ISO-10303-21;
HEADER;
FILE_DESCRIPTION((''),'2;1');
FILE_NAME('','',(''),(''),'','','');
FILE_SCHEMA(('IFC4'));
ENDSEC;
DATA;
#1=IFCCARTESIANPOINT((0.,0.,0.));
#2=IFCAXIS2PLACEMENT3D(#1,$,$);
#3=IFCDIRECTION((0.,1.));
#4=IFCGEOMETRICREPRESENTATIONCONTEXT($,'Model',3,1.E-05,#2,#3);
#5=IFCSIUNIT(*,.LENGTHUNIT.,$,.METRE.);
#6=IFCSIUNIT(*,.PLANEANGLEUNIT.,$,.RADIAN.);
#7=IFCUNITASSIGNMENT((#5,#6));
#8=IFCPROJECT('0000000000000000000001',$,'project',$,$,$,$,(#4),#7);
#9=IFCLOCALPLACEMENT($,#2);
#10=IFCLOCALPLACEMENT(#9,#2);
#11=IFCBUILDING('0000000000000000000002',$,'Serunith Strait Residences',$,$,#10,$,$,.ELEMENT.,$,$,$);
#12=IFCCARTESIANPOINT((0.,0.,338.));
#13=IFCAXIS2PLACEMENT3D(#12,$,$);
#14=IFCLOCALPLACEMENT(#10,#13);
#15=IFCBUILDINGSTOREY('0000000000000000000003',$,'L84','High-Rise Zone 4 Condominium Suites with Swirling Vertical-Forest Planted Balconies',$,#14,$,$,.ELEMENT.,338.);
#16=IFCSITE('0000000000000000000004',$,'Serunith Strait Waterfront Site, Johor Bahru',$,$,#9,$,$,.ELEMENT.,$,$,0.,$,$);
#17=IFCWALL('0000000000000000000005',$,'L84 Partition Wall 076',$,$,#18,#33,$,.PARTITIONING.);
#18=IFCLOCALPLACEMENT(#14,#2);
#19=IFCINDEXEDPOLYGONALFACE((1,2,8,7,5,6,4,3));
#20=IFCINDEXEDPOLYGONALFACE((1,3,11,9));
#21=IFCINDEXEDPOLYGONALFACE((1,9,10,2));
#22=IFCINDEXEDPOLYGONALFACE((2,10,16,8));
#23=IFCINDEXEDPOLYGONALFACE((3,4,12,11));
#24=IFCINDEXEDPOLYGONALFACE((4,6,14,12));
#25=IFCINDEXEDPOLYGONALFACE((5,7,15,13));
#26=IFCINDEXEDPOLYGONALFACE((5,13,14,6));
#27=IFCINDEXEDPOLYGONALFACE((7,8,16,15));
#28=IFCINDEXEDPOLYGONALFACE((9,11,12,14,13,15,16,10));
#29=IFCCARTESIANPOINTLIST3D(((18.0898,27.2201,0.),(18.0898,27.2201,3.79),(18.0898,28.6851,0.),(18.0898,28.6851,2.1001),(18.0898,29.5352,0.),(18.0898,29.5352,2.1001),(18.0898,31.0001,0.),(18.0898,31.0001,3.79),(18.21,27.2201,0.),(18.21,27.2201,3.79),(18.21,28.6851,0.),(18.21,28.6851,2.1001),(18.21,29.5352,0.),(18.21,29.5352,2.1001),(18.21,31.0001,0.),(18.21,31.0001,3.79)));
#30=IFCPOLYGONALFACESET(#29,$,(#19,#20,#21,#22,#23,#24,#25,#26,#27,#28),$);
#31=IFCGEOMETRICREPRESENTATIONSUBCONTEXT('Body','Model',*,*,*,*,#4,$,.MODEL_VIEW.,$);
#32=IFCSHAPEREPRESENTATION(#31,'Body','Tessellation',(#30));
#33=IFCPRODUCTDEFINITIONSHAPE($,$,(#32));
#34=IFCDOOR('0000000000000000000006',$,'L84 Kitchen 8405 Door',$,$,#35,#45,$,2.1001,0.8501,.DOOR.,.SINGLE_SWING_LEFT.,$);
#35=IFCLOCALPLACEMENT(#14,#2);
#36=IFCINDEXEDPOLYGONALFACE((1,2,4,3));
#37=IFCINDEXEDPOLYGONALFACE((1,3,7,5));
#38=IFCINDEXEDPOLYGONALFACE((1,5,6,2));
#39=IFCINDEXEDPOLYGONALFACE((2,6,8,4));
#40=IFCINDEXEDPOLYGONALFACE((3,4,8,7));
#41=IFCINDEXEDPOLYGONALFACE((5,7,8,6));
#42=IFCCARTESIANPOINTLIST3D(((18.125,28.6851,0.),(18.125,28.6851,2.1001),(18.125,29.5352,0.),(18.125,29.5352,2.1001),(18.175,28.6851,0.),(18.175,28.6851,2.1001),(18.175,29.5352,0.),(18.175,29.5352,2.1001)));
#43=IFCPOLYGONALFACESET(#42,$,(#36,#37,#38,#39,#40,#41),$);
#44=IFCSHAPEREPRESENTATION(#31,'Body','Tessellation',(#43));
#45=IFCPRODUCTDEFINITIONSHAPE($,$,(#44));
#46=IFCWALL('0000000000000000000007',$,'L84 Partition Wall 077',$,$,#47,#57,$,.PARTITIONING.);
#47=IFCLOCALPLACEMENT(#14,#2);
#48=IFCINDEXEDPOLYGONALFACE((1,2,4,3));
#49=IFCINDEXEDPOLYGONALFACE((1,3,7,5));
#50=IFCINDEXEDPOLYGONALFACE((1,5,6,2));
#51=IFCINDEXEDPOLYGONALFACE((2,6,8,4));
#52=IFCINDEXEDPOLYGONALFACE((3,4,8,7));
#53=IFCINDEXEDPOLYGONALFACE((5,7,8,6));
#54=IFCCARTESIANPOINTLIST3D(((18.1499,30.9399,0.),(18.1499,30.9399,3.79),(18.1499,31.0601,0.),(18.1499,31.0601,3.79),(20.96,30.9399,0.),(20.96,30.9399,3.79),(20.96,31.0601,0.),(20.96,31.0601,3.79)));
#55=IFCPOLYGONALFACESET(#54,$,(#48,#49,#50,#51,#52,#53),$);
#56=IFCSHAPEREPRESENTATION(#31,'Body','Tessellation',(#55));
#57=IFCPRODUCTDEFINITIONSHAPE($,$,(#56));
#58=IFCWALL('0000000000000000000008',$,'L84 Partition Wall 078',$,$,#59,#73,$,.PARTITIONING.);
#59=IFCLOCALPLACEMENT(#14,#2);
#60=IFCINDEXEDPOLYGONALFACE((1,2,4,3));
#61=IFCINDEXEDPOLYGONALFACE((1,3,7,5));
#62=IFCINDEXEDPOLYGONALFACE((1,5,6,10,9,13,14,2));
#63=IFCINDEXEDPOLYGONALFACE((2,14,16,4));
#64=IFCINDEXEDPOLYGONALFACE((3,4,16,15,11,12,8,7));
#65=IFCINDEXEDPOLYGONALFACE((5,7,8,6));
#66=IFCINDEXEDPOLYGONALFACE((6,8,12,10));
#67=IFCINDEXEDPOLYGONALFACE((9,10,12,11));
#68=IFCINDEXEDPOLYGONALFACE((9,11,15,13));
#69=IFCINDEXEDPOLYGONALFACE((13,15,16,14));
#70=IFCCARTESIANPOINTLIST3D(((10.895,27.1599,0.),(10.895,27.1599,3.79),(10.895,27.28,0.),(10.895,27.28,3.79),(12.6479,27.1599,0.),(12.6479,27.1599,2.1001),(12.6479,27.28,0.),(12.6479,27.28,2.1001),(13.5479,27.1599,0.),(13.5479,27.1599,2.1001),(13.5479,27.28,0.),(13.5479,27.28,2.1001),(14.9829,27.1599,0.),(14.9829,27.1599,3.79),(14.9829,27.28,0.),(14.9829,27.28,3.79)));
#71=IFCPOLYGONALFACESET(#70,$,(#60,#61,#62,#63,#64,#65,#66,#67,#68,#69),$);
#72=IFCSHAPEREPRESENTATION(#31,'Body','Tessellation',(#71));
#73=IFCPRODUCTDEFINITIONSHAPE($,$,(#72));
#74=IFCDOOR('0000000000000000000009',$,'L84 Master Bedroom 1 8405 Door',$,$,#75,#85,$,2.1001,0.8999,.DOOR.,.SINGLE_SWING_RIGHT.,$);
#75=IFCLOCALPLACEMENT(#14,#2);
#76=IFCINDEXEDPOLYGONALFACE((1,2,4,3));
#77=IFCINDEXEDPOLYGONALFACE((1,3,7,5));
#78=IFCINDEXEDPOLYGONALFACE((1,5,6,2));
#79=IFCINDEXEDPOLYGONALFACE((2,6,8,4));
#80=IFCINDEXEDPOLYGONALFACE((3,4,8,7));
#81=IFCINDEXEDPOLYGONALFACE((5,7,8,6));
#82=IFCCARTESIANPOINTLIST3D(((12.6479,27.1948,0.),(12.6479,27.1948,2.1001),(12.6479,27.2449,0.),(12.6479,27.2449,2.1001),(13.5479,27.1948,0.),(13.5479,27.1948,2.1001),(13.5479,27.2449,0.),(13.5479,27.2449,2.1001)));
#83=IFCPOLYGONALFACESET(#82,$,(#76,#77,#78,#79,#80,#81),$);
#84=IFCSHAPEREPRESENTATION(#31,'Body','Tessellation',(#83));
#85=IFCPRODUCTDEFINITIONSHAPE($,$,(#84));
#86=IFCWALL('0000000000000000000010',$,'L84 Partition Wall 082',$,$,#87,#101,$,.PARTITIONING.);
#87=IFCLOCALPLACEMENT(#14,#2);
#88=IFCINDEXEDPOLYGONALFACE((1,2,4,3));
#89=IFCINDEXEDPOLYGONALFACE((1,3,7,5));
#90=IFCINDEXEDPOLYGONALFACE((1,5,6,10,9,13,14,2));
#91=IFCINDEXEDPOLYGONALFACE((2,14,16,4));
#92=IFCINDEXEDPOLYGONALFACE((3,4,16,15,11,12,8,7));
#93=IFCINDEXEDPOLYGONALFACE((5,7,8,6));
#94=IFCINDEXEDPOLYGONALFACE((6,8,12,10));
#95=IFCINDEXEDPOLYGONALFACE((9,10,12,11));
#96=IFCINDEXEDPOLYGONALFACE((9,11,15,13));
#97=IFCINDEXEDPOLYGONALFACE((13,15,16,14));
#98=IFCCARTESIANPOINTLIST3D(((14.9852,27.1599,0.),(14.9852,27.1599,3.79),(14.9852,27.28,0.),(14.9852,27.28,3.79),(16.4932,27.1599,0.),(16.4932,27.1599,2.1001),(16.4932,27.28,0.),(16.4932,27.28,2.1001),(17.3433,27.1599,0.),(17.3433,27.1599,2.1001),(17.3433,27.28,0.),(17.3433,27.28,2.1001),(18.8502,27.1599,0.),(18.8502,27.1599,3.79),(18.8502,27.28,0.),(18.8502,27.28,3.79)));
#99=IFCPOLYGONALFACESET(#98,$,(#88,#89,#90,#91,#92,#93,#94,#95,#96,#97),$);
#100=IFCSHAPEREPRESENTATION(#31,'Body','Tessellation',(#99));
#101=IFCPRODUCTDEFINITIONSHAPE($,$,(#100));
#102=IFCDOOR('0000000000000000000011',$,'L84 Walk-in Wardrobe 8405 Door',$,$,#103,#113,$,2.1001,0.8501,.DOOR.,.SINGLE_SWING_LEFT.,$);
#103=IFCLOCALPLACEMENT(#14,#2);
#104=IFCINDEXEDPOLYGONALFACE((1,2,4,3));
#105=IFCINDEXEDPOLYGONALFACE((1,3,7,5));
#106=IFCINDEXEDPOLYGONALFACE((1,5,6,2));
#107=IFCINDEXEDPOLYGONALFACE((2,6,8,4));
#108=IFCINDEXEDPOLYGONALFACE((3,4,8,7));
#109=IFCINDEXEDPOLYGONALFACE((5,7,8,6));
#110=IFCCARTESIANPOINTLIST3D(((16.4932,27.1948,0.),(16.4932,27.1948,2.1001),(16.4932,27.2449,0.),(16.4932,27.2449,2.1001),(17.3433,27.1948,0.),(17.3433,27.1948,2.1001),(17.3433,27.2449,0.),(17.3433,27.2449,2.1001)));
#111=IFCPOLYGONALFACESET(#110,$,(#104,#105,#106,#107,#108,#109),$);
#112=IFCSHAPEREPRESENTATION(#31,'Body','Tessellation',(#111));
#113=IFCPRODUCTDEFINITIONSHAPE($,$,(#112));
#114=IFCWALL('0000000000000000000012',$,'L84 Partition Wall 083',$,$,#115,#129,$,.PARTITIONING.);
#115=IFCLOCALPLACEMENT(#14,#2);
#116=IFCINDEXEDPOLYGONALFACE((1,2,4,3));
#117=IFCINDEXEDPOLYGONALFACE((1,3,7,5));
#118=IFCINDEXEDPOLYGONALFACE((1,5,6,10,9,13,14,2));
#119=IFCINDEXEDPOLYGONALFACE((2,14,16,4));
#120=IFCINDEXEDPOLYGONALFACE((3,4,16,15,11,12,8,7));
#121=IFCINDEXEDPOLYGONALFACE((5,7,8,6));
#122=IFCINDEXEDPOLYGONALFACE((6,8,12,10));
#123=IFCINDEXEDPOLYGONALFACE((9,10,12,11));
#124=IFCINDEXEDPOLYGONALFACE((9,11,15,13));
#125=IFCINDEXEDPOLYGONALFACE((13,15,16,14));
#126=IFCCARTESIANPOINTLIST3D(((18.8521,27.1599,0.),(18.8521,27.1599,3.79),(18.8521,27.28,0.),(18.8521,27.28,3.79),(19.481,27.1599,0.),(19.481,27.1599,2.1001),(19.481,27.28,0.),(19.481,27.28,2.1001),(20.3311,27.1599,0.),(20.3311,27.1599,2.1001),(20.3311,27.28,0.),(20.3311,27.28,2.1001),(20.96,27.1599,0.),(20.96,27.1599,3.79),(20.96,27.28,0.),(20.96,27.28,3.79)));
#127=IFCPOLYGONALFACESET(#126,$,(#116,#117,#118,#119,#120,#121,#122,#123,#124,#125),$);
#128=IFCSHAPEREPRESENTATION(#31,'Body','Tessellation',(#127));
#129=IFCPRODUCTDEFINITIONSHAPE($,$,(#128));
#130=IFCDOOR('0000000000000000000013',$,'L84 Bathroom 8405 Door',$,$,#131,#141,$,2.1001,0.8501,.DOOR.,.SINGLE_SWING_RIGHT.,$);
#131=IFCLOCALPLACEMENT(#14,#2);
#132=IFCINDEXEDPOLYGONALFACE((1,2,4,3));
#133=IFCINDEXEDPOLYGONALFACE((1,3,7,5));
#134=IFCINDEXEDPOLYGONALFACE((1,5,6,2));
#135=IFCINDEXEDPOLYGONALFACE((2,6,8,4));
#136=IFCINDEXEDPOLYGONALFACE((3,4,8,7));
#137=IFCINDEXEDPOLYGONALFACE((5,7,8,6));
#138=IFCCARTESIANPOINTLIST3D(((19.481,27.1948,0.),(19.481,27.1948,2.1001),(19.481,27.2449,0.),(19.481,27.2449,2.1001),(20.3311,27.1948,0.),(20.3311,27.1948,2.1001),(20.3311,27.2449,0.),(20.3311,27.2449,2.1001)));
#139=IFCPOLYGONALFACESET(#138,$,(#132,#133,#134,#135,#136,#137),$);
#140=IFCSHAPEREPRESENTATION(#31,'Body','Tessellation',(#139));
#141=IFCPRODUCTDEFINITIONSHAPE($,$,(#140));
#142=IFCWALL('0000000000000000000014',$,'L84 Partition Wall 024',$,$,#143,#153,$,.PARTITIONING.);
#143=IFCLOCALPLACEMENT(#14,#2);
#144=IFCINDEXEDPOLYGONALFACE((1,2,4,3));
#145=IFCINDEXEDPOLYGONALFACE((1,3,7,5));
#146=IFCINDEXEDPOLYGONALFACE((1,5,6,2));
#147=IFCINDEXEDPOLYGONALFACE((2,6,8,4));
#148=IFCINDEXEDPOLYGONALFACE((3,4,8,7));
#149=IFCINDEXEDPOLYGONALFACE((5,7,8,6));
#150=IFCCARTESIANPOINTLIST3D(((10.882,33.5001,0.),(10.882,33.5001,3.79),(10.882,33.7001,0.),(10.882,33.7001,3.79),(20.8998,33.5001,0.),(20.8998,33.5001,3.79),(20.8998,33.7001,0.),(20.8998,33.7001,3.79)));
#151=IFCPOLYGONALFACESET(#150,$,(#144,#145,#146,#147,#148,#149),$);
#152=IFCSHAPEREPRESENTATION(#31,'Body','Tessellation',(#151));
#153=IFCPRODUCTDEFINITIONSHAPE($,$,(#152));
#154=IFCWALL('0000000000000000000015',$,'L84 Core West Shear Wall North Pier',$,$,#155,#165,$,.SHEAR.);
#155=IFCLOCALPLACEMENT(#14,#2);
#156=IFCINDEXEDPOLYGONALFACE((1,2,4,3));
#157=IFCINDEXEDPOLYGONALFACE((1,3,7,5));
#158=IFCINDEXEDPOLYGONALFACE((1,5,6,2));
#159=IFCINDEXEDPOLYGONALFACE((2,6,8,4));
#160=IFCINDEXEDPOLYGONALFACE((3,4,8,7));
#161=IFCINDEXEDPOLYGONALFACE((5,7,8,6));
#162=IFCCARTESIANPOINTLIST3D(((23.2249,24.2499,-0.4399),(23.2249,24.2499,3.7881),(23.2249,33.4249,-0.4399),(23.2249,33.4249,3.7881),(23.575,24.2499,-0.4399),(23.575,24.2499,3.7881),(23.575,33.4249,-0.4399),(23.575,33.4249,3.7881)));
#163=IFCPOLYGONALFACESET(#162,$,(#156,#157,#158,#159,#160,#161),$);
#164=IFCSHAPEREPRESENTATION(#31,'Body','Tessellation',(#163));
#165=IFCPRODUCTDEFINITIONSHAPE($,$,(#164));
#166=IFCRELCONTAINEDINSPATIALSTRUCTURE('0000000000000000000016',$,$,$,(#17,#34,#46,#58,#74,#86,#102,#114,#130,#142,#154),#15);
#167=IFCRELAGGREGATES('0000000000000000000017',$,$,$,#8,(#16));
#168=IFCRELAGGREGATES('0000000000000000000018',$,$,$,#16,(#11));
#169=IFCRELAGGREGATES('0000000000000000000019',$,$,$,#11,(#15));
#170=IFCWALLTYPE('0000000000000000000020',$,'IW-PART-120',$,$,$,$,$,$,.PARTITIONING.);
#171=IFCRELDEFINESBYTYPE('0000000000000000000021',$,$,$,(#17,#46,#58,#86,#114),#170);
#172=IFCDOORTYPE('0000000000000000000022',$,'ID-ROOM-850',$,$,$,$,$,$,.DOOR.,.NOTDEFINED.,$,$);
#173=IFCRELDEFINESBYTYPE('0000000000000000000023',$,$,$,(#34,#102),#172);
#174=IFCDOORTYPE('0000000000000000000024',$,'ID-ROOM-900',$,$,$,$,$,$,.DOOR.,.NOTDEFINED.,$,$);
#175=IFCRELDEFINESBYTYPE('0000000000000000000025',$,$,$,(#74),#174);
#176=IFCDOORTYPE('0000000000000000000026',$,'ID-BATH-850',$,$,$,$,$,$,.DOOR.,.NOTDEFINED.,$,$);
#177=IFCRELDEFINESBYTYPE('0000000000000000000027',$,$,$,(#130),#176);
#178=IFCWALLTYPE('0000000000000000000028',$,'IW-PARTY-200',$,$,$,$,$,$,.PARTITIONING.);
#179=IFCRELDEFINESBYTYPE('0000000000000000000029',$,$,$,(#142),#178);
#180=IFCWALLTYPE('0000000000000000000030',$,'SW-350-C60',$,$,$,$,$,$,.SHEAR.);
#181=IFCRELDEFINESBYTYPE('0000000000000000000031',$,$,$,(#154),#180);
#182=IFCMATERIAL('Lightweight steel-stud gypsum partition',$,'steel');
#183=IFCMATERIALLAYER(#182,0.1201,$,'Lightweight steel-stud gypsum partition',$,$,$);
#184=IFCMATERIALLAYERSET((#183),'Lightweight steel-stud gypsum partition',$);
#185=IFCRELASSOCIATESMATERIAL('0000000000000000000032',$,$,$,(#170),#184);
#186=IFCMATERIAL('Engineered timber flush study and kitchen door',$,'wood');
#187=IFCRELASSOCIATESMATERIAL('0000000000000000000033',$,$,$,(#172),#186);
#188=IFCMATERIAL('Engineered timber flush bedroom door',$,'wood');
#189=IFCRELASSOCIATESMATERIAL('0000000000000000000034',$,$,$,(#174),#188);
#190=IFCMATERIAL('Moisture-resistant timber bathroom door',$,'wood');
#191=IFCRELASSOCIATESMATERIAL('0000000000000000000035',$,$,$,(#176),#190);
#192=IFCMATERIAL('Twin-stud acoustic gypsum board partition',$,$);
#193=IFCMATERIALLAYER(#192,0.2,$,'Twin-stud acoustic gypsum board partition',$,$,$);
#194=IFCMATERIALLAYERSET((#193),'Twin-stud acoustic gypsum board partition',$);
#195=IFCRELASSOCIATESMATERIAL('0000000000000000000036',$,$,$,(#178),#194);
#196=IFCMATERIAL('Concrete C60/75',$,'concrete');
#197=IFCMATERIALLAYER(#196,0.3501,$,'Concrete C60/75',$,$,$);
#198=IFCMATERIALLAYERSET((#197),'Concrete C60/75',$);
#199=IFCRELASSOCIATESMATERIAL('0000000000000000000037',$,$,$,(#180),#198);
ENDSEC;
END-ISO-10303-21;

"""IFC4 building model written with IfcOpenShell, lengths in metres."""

from ifc_helpers import new_model, si_unit, direction, frame, frame_2d, origin, place, context, subcontext, project, spatial, rectangle, extrude, source, transform, mapped, material, layer, layer_set, type_object, element, fill, save


model = new_model("IFC4")

# Units and contexts
model_context = context("Model", 3, precision=1e-05, world=origin(), true_north=direction((0.0, 1.0)))
body_context = subcontext(model_context, "Body", "Model", "MODEL_VIEW")
ifc_project = project(units=[si_unit("LENGTHUNIT", "METRE"), si_unit("PLANEANGLEUNIT", "RADIAN")], contexts=[model_context])

# Site, building, storey
site_placement = place(None, origin())
site = spatial("IfcSite", under=ifc_project, at=site_placement, Name="Serunith Strait Waterfront Site, Johor Bahru", CompositionType="ELEMENT", RefElevation=0.0)
building_placement = place(site_placement, origin())
building = spatial("IfcBuilding", under=site, at=building_placement, Name="Serunith Strait Residences", CompositionType="ELEMENT")
storey_placement = place(building_placement, frame((0.0, 0.0, 338.0)))
storey = spatial("IfcBuildingStorey", under=building, at=storey_placement, Name="L84", Description="High-Rise Zone 4 Condominium Suites with Swirling Vertical-Forest Planted Balconies", CompositionType="ELEMENT", Elevation=338.0)

# Shared definitions
ifc_material_1 = material(Name="Concrete C60/75", Category="concrete")

# Wall, opening, door
ifc_material_2 = material(Name="Lightweight steel-stud gypsum partition", Category="steel")
ifc_layer_1 = layer(ifc_material_2, 0.1201, Name="Lightweight steel-stud gypsum partition")
ifc_layer_set_1 = layer_set([ifc_layer_1], Name="Lightweight steel-stud gypsum partition")
wall_type_1 = type_object("IfcWallType", Name="IW-PART-120", PredefinedType="PARTITIONING", material=ifc_layer_set_1)
wall_1_placement = place(storey_placement, frame((18.1499, 27.22, 0.0), z_axis=(0.0, 0.0, 1.0), x_axis=(0.0, 1.0, 0.0)))
wall_1 = element("IfcWall", 1, at=wall_1_placement, inside=storey, type_object=wall_type_1, Name="L84 Partition Wall 076", PredefinedType="PARTITIONING", context=body_context, shape_type="SweptSolid", body=[
    extrude(rectangle(XDim=3.78, YDim=0.1201, at=frame_2d((1.8901, 0.0))), origin(), (0.0, 0.0, 1.0), 3.79),
])
opening_1_placement = place(wall_1_placement, frame((1.4651, 0.0, 0.0)))
opening_1 = element("IfcOpeningElement", 2, at=opening_1_placement, cuts=wall_1, PredefinedType="OPENING", context=body_context, shape_type="SweptSolid", body=[
    extrude(rectangle(XDim=0.8501, YDim=2.1001, at=frame_2d((0.425, 1.05))), frame((0.0, 0.0701, 0.0), z_axis=(0.0, -1.0, 0.0), x_axis=(1.0, 0.0, 0.0)), (0.0, 0.0, 1.0), 0.1401),
])
ifc_material_3 = material(Name="Engineered timber flush study and kitchen door", Category="wood")
door_type_1 = type_object("IfcDoorType", Name="ID-ROOM-850", OperationType="NOTDEFINED", PredefinedType="DOOR", material=ifc_material_3)
shared_shape_1 = source(origin(), body_context, "Body", "SweptSolid", [
    extrude(rectangle(XDim=0.8501, YDim=2.1001, at=frame_2d((0.425, 1.05))), frame((0.0, 0.0249, 0.0), z_axis=(0.0, -1.0, 0.0), x_axis=(1.0, 0.0, 0.0)), (0.0, 0.0, 1.0), 0.05),
])
door_1_placement = place(opening_1_placement, origin())
door_1 = element("IfcDoor", 3, at=door_1_placement, inside=storey, type_object=door_type_1, Name="L84 Kitchen 8405 Door", OperationType="SINGLE_SWING_LEFT", OverallHeight=2.1001, OverallWidth=0.8501, PredefinedType="DOOR", context=body_context, shape_type="MappedRepresentation", body=[
    mapped(shared_shape_1, transform((0.0, 0.0, 0.0), scale=1.0)),
])
fill(opening_1, door_1)

# Wall
wall_2_placement = place(storey_placement, frame((18.1499, 31.0, 0.0), z_axis=(0.0, 0.0, 1.0), x_axis=(1.0, 0.0, 0.0)))
element("IfcWall", 4, at=wall_2_placement, inside=storey, type_object=wall_type_1, Name="L84 Partition Wall 077", PredefinedType="PARTITIONING", context=body_context, shape_type="SweptSolid", body=[
    extrude(rectangle(XDim=2.8101, YDim=0.1201, at=frame_2d((1.405, 0.0))), origin(), (0.0, 0.0, 1.0), 3.79),
])

# Walls, openings, doors
wall_3_placement = place(storey_placement, frame((10.895, 27.22, 0.0), z_axis=(0.0, 0.0, 1.0), x_axis=(1.0, 0.0, 0.0)))
wall_3 = element("IfcWall", 5, at=wall_3_placement, inside=storey, type_object=wall_type_1, Name="L84 Partition Wall 078", PredefinedType="PARTITIONING", context=body_context, shape_type="SweptSolid", body=[
    extrude(rectangle(XDim=4.0879, YDim=0.1201, at=frame_2d((2.0439, 0.0))), origin(), (0.0, 0.0, 1.0), 3.79),
])
opening_2_placement = place(wall_3_placement, frame((1.7529, 0.0, 0.0)))
opening_2 = element("IfcOpeningElement", 6, at=opening_2_placement, cuts=wall_3, PredefinedType="OPENING", context=body_context, shape_type="SweptSolid", body=[
    extrude(rectangle(XDim=0.8999, YDim=2.1001, at=frame_2d((0.45, 1.05))), frame((0.0, 0.0701, 0.0), z_axis=(0.0, -1.0, 0.0), x_axis=(1.0, 0.0, 0.0)), (0.0, 0.0, 1.0), 0.1401),
])
ifc_material_4 = material(Name="Engineered timber flush bedroom door", Category="wood")
door_type_2 = type_object("IfcDoorType", Name="ID-ROOM-900", OperationType="NOTDEFINED", PredefinedType="DOOR", material=ifc_material_4)
shared_shape_2 = source(origin(), body_context, "Body", "SweptSolid", [
    extrude(rectangle(XDim=0.8999, YDim=2.1001, at=frame_2d((0.45, 1.05))), frame((0.0, 0.0249, 0.0), z_axis=(0.0, -1.0, 0.0), x_axis=(1.0, 0.0, 0.0)), (0.0, 0.0, 1.0), 0.05),
])
door_2_placement = place(opening_2_placement, origin())
door_2 = element("IfcDoor", 7, at=door_2_placement, inside=storey, type_object=door_type_2, Name="L84 Master Bedroom 1 8405 Door", OperationType="SINGLE_SWING_RIGHT", OverallHeight=2.1001, OverallWidth=0.8999, PredefinedType="DOOR", context=body_context, shape_type="MappedRepresentation", body=[
    mapped(shared_shape_2, transform((0.0, 0.0, 0.0), scale=1.0)),
])
fill(opening_2, door_2)
wall_4_placement = place(storey_placement, frame((14.9851, 27.22, 0.0), z_axis=(0.0, 0.0, 1.0), x_axis=(1.0, 0.0, 0.0)))
wall_4 = element("IfcWall", 8, at=wall_4_placement, inside=storey, type_object=wall_type_1, Name="L84 Partition Wall 082", PredefinedType="PARTITIONING", context=body_context, shape_type="SweptSolid", body=[
    extrude(rectangle(XDim=3.865, YDim=0.1201, at=frame_2d((1.9326, 0.0))), origin(), (0.0, 0.0, 1.0), 3.79),
])
opening_3_placement = place(wall_4_placement, frame((1.5081, 0.0, 0.0)))
opening_3 = element("IfcOpeningElement", 9, at=opening_3_placement, cuts=wall_4, PredefinedType="OPENING", context=body_context, shape_type="SweptSolid", body=[
    extrude(rectangle(XDim=0.8501, YDim=2.1001, at=frame_2d((0.425, 1.05))), frame((0.0, 0.0701, 0.0), z_axis=(0.0, -1.0, 0.0), x_axis=(1.0, 0.0, 0.0)), (0.0, 0.0, 1.0), 0.1401),
])
door_3_placement = place(opening_3_placement, origin())
door_3 = element("IfcDoor", 10, at=door_3_placement, inside=storey, type_object=door_type_1, Name="L84 Walk-in Wardrobe 8405 Door", OperationType="SINGLE_SWING_LEFT", OverallHeight=2.1001, OverallWidth=0.8501, PredefinedType="DOOR", context=body_context, shape_type="MappedRepresentation", body=[
    mapped(shared_shape_1, transform((0.0, 0.0, 0.0), scale=1.0)),
])
fill(opening_3, door_3)
wall_5_placement = place(storey_placement, frame((18.8521, 27.22, 0.0), z_axis=(0.0, 0.0, 1.0), x_axis=(1.0, 0.0, 0.0)))
wall_5 = element("IfcWall", 11, at=wall_5_placement, inside=storey, type_object=wall_type_1, Name="L84 Partition Wall 083", PredefinedType="PARTITIONING", context=body_context, shape_type="SweptSolid", body=[
    extrude(rectangle(XDim=2.1079, YDim=0.1201, at=frame_2d((1.054, 0.0))), origin(), (0.0, 0.0, 1.0), 3.79),
])
opening_4_placement = place(wall_5_placement, frame((0.6289, 0.0, 0.0)))
opening_4 = element("IfcOpeningElement", 12, at=opening_4_placement, cuts=wall_5, PredefinedType="OPENING", context=body_context, shape_type="SweptSolid", body=[
    extrude(rectangle(XDim=0.8501, YDim=2.1001, at=frame_2d((0.425, 1.05))), frame((0.0, 0.0701, 0.0), z_axis=(0.0, -1.0, 0.0), x_axis=(1.0, 0.0, 0.0)), (0.0, 0.0, 1.0), 0.1401),
])
ifc_material_5 = material(Name="Moisture-resistant timber bathroom door", Category="wood")
door_type_3 = type_object("IfcDoorType", Name="ID-BATH-850", OperationType="NOTDEFINED", PredefinedType="DOOR", material=ifc_material_5)
door_4_placement = place(opening_4_placement, origin())
door_4 = element("IfcDoor", 13, at=door_4_placement, inside=storey, type_object=door_type_3, Name="L84 Bathroom 8405 Door", OperationType="SINGLE_SWING_RIGHT", OverallHeight=2.1001, OverallWidth=0.8501, PredefinedType="DOOR", context=body_context, shape_type="MappedRepresentation", body=[
    mapped(shared_shape_1, transform((0.0, 0.0, 0.0), scale=1.0)),
])
fill(opening_4, door_4)

# Wall
ifc_material_6 = material(Name="Twin-stud acoustic gypsum board partition")
ifc_layer_2 = layer(ifc_material_6, 0.2, Name="Twin-stud acoustic gypsum board partition")
ifc_layer_set_2 = layer_set([ifc_layer_2], Name="Twin-stud acoustic gypsum board partition")
wall_type_2 = type_object("IfcWallType", Name="IW-PARTY-200", PredefinedType="PARTITIONING", material=ifc_layer_set_2)
wall_6_placement = place(storey_placement, frame((10.8821, 33.6001, 0.0), z_axis=(0.0, 0.0, 1.0), x_axis=(1.0, 0.0, 0.0)))
element("IfcWall", 14, at=wall_6_placement, inside=storey, type_object=wall_type_2, Name="L84 Partition Wall 024", PredefinedType="PARTITIONING", context=body_context, shape_type="SweptSolid", body=[
    extrude(rectangle(XDim=10.0178, YDim=0.2, at=frame_2d((5.0088, 0.0))), origin(), (0.0, 0.0, 1.0), 3.79),
])

# Wall
ifc_layer_3 = layer(ifc_material_1, 0.3501, Name="Concrete C60/75")
ifc_layer_set_3 = layer_set([ifc_layer_3], Name="Concrete C60/75")
wall_type_3 = type_object("IfcWallType", Name="SW-350-C60", PredefinedType="SHEAR", material=ifc_layer_set_3)
wall_7_placement = place(storey_placement, frame((23.3999, 24.25, -0.4399), z_axis=(0.0, 0.0, 1.0), x_axis=(0.0, 1.0, 0.0)))
element("IfcWall", 15, at=wall_7_placement, inside=storey, type_object=wall_type_3, Name="L84 Core West Shear Wall North Pier", PredefinedType="SHEAR", context=body_context, shape_type="SweptSolid", body=[
    extrude(rectangle(XDim=9.175, YDim=0.3501, at=frame_2d((4.5874, 0.0))), origin(), (0.0, 0.0, 1.0), 4.228),
])

save(model, "model.ifc")
